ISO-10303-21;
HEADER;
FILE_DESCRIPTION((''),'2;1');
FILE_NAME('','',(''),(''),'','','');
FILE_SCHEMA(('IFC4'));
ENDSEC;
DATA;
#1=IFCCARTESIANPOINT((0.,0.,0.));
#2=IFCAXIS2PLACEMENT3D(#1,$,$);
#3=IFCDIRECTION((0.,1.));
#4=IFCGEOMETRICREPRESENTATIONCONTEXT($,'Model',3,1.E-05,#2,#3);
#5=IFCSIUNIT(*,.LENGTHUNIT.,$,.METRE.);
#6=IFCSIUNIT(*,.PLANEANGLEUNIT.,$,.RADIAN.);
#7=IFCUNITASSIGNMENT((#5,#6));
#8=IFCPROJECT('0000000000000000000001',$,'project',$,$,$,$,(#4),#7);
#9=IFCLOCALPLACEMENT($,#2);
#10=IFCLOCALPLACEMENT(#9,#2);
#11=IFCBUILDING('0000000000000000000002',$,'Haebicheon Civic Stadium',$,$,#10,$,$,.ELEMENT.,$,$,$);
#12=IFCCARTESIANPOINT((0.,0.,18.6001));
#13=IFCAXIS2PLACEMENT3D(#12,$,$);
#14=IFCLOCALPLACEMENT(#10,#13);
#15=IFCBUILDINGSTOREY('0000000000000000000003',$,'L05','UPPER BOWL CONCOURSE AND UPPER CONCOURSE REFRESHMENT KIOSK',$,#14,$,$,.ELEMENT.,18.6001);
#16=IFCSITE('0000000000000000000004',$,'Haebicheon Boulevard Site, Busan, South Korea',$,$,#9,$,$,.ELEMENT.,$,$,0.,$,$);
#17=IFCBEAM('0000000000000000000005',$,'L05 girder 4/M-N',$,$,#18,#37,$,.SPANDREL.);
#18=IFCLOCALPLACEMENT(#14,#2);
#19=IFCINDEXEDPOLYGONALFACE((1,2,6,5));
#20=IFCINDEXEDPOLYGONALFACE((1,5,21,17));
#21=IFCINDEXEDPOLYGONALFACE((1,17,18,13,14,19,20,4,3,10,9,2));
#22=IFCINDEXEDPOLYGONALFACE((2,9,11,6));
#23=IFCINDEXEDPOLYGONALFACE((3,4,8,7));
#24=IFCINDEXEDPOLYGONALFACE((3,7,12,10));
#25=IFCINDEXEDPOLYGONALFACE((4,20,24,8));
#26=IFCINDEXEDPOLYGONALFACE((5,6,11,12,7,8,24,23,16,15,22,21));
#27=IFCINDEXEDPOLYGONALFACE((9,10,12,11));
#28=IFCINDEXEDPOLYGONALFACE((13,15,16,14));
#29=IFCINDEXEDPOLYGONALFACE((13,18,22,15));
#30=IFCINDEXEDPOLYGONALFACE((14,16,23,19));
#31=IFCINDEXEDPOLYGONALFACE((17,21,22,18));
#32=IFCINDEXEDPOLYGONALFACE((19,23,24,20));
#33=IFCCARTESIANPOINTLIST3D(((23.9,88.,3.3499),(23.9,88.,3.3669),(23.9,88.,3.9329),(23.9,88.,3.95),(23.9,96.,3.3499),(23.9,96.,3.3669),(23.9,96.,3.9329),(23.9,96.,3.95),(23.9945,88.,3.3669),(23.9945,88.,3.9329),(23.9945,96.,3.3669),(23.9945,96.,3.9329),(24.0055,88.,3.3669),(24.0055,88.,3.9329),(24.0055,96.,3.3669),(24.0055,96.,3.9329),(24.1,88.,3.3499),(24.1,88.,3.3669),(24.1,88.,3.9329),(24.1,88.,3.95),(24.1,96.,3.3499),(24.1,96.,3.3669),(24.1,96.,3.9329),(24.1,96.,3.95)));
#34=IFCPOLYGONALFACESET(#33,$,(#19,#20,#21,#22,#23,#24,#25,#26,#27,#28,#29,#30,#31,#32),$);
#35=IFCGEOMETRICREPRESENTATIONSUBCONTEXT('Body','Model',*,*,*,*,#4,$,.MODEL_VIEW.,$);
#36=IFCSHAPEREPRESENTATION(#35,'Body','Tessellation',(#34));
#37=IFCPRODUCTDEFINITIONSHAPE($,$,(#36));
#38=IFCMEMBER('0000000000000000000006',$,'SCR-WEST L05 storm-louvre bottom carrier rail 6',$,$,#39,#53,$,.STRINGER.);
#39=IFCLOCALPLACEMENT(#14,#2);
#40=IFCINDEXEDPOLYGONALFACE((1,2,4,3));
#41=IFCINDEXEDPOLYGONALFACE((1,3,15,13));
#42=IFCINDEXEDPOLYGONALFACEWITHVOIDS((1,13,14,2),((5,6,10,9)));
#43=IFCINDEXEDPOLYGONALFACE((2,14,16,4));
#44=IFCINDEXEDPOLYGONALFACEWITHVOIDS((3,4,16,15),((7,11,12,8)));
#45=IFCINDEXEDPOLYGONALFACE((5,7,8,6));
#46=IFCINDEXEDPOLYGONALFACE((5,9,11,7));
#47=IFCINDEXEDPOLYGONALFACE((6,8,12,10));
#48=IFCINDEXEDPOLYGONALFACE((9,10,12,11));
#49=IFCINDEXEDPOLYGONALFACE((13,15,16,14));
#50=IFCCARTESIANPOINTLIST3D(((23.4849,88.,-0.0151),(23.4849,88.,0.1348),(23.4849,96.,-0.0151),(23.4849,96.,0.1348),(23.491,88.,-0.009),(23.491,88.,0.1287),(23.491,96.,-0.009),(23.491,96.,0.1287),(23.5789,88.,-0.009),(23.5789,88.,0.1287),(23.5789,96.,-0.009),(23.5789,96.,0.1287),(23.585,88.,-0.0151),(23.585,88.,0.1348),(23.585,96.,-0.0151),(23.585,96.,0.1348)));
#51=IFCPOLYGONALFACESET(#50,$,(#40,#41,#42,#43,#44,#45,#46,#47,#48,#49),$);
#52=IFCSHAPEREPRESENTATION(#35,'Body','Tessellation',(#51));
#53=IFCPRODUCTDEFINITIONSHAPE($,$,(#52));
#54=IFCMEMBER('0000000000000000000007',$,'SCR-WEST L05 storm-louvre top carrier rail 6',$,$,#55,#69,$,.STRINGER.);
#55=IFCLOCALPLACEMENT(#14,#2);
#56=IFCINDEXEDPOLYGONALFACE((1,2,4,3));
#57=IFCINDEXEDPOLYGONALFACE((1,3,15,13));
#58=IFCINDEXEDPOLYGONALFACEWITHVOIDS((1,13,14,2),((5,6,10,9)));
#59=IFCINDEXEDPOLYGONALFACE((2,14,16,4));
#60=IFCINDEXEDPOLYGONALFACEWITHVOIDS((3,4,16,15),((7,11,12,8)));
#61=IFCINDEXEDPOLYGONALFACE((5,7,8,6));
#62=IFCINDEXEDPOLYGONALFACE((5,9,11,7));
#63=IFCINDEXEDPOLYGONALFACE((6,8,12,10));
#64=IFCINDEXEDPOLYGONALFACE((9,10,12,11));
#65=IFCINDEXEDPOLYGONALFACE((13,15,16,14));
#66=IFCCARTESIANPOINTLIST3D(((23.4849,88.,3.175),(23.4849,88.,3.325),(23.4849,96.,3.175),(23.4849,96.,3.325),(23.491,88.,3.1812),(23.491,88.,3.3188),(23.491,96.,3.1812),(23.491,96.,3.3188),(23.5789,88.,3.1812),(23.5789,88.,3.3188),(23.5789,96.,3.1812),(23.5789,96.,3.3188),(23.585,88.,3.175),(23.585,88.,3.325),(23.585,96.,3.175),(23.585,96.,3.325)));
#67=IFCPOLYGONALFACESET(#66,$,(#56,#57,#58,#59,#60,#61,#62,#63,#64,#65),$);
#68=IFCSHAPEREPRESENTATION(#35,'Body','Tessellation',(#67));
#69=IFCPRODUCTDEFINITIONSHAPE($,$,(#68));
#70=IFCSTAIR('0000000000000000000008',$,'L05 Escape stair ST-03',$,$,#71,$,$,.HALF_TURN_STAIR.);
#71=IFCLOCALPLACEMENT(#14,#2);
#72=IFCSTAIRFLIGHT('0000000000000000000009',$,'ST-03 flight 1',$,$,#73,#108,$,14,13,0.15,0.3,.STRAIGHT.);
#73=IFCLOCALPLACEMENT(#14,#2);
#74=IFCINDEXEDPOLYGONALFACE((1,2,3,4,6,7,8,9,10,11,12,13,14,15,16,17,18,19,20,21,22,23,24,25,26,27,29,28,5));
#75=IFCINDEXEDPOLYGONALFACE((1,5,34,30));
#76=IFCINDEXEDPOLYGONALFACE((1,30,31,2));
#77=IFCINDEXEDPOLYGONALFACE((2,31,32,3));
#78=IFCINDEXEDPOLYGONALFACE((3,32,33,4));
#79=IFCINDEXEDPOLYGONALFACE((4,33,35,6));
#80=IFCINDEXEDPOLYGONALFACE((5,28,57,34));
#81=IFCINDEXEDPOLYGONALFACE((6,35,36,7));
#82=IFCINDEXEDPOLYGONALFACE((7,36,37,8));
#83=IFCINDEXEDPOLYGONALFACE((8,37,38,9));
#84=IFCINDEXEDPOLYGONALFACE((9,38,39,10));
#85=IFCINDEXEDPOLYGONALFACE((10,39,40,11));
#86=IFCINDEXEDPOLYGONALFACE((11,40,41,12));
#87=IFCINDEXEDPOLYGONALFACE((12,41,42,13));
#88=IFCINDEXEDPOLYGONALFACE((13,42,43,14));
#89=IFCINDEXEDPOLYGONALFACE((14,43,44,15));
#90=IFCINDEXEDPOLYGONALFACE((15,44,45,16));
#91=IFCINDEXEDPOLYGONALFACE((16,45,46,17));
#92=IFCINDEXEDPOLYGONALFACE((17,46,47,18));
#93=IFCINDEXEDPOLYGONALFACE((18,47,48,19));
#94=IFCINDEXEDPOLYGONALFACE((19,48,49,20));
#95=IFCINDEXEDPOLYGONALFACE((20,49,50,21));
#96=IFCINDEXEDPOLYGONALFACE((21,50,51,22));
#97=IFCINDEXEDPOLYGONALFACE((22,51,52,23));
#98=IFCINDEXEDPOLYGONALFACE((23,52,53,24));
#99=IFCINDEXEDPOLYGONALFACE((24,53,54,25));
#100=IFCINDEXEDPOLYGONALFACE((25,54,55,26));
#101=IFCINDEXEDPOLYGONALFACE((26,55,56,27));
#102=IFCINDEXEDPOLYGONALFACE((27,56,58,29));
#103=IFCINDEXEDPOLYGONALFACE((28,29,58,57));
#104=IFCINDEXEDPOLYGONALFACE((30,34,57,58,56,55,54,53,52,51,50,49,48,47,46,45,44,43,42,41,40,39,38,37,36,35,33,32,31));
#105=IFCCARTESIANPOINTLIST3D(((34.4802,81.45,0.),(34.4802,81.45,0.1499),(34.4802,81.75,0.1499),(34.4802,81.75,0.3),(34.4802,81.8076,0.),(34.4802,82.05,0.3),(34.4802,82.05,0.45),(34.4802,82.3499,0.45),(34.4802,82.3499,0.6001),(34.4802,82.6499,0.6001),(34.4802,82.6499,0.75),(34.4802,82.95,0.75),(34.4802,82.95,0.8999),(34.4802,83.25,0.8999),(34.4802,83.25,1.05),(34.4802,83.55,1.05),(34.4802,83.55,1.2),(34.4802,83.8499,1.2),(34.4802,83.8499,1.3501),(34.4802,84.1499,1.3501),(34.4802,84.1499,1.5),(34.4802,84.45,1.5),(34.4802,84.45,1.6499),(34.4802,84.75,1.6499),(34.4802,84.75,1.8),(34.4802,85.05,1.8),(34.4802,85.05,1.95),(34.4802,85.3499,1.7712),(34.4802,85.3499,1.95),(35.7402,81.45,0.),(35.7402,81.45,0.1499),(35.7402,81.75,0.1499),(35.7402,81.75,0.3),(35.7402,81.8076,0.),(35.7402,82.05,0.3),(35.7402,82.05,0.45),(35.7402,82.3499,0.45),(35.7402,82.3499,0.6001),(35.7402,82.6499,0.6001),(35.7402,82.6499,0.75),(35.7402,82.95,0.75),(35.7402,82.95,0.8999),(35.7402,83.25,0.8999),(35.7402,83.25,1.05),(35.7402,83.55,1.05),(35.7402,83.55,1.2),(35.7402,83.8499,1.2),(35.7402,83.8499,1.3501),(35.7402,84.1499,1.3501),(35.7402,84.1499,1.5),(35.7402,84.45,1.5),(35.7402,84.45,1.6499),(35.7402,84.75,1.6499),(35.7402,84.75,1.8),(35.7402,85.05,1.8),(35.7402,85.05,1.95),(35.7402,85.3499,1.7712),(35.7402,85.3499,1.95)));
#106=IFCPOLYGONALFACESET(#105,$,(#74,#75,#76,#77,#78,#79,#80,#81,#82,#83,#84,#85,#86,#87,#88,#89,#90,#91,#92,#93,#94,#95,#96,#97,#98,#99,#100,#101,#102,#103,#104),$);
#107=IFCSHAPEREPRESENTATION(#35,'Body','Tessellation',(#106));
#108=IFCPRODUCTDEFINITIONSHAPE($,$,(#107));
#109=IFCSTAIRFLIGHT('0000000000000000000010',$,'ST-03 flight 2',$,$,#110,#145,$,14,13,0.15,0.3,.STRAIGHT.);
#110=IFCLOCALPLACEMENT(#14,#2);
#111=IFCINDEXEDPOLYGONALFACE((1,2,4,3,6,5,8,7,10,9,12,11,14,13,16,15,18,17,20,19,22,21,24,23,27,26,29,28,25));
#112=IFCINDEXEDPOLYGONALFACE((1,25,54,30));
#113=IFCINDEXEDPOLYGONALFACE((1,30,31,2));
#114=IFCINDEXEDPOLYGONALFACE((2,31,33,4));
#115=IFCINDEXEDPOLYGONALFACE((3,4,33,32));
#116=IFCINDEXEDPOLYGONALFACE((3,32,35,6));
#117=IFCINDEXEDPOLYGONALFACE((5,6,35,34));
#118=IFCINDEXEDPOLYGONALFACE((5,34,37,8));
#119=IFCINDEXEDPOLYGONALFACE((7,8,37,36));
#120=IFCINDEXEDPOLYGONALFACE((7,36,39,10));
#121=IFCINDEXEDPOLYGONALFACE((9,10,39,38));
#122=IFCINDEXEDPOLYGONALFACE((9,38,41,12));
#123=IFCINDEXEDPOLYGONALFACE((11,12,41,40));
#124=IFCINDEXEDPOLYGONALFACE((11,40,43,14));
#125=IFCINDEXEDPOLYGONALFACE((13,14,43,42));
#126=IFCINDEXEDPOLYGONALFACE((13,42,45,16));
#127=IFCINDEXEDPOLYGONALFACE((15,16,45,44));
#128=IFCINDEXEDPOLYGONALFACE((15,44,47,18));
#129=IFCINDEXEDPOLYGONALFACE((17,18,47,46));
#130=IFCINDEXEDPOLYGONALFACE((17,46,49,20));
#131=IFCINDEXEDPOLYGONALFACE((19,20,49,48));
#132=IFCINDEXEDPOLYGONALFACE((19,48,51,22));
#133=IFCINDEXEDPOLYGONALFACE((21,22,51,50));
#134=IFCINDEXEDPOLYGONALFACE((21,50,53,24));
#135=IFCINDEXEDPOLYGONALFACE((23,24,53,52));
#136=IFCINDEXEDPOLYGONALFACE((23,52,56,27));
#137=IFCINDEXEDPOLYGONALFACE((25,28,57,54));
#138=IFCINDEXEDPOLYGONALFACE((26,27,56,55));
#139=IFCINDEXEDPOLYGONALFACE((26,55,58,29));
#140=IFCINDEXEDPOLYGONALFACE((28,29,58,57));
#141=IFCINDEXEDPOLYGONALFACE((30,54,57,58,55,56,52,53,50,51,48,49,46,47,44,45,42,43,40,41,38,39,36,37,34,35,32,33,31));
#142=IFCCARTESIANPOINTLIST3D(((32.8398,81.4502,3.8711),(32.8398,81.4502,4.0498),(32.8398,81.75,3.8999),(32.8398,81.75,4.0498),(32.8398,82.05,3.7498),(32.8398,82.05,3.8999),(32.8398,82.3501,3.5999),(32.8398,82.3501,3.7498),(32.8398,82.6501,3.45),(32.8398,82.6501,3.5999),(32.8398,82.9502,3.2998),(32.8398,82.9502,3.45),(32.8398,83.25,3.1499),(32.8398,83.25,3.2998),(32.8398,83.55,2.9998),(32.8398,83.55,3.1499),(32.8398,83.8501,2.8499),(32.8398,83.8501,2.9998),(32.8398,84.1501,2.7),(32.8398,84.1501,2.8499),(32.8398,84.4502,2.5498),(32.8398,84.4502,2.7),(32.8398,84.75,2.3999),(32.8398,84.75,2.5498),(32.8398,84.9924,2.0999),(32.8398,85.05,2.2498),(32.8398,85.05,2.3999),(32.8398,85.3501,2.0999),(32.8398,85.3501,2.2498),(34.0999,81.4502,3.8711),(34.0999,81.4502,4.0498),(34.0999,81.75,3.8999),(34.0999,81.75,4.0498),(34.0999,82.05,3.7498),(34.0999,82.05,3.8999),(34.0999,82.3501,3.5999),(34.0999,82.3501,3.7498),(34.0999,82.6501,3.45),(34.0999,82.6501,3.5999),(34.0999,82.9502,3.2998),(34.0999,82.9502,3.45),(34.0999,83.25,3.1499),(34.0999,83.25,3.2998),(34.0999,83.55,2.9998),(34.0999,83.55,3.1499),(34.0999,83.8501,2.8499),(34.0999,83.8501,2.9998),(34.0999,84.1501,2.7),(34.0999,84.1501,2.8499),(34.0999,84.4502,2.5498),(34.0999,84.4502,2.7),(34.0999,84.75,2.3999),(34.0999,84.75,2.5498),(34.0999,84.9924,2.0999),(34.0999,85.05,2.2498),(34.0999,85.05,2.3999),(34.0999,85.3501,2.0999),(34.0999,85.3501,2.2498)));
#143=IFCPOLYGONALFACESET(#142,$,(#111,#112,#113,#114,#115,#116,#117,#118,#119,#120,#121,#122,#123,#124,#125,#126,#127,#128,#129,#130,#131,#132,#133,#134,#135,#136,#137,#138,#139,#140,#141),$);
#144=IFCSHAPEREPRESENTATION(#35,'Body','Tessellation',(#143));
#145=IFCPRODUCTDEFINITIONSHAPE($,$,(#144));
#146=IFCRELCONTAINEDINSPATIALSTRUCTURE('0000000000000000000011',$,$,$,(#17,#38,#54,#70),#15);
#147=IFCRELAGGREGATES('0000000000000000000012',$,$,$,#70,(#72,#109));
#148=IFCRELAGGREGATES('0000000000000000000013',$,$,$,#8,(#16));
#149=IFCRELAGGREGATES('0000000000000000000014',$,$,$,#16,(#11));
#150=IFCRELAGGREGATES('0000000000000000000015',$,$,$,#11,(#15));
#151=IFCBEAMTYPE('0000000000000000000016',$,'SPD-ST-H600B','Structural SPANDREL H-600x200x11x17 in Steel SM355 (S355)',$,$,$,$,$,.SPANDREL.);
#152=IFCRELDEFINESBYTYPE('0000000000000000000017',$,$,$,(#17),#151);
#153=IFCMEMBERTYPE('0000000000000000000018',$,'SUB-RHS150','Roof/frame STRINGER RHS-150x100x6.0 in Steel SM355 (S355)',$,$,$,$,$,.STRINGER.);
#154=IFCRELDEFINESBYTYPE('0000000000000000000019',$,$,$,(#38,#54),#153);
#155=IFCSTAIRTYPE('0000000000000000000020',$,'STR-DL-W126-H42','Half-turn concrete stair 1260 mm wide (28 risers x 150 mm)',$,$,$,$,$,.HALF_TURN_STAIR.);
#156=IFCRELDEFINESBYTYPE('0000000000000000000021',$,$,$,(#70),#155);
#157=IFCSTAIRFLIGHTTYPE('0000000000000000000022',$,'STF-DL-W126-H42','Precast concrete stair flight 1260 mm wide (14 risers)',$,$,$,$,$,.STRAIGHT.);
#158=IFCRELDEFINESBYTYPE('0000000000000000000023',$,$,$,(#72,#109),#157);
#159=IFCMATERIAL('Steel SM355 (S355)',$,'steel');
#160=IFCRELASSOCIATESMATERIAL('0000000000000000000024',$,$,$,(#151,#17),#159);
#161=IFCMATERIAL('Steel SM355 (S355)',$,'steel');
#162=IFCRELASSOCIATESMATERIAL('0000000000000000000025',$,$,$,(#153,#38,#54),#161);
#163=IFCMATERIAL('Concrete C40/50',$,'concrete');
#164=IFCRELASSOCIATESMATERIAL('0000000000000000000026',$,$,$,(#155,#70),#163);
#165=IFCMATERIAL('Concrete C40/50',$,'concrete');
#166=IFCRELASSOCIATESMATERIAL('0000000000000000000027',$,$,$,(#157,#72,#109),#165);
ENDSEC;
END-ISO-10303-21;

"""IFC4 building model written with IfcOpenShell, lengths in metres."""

from ifc_helpers import new_model, si_unit, direction, frame, origin, origin_2d, place, context, subcontext, project, spatial, polyline, hollow_rectangle, i_section, outline, extrude, material, material_profile, profile_set, type_object, element, aggregate, save


model = new_model("IFC4")

# Units and contexts
model_context = context("Model", 3, precision=1e-05, world=origin(), true_north=direction((0.0, 1.0)))
body_context = subcontext(model_context, "Body", "Model", "MODEL_VIEW")
ifc_project = project(units=[si_unit("LENGTHUNIT", "METRE"), si_unit("PLANEANGLEUNIT", "RADIAN")], contexts=[model_context])

# Site, building, storey
site_placement = place(None, origin())
site = spatial("IfcSite", under=ifc_project, at=site_placement, Name="Haebicheon Boulevard Site, Busan, South Korea", CompositionType="ELEMENT", RefElevation=0.0)
building_placement = place(site_placement, origin())
building = spatial("IfcBuilding", under=site, at=building_placement, Name="Haebicheon Civic Stadium", CompositionType="ELEMENT")
storey_placement = place(building_placement, frame((0.0, 0.0, 18.6001)))
storey = spatial("IfcBuildingStorey", under=building, at=storey_placement, Name="L05", Description="UPPER BOWL CONCOURSE AND UPPER CONCOURSE REFRESHMENT KIOSK", CompositionType="ELEMENT", Elevation=18.6001)

# Beam
ifc_material_1 = material(Name="Steel SM355 (S355)", Category="steel")
ifc_material_profile_1 = material_profile(ifc_material_1, i_section(OverallWidth=0.2, OverallDepth=0.6001, WebThickness=0.011, FlangeThickness=0.0171, at=origin_2d()), Name="H-600x200x11x17")
ifc_profile_set_1 = profile_set([ifc_material_profile_1], Name="Steel SM355 (S355)")
beam_type_1 = type_object("IfcBeamType", Name="SPD-ST-H600B", Description="Structural SPANDREL H-600x200x11x17 in Steel SM355 (S355)", PredefinedType="SPANDREL", material=ifc_profile_set_1)
beam_1_placement = place(storey_placement, frame((24.0, 88.0, 3.6499), z_axis=(0.0, 1.0, 0.0), x_axis=(-1.0, 0.0, 0.0)))
element("IfcBeam", 1, at=beam_1_placement, inside=storey, type_object=beam_type_1, material=ifc_profile_set_1, Name="L05 girder 4/M-N", PredefinedType="SPANDREL", context=body_context, shape_type="SweptSolid", body=[
    extrude(i_section(OverallWidth=0.2, OverallDepth=0.6001, WebThickness=0.011, FlangeThickness=0.0171, at=origin_2d()), origin(), (0.0, 0.0, 1.0), 8.0),
])

# Members
ifc_material_2 = material(Name="Steel SM355 (S355)", Category="steel")
ifc_material_profile_2 = material_profile(ifc_material_2, hollow_rectangle(XDim=0.1001, YDim=0.1499, WallThickness=0.0061, at=origin_2d()), Name="RHS-150x100x6.0")
ifc_profile_set_2 = profile_set([ifc_material_profile_2], Name="Steel SM355 (S355)")
member_type_1 = type_object("IfcMemberType", Name="SUB-RHS150", Description="Roof/frame STRINGER RHS-150x100x6.0 in Steel SM355 (S355)", PredefinedType="STRINGER", material=ifc_profile_set_2)
for number, where, z_axis, x_axis, name in (
    (2, (23.5349, 88.0, 0.0598), (0.0, 1.0, 0.0), (-1.0, 0.0, 0.0), "SCR-WEST L05 storm-louvre bottom carrier rail 6"),
    (3, (23.5349, 88.0, 3.25), (0.0, 1.0, 0.0), (-1.0, 0.0, 0.0), "SCR-WEST L05 storm-louvre top carrier rail 6"),
):
    element("IfcMember", number, at=place(storey_placement, frame(where, z_axis=z_axis, x_axis=x_axis)), inside=storey, type_object=member_type_1, material=ifc_profile_set_2, Name=name, PredefinedType="STRINGER", context=body_context, shape_type="SweptSolid", body=[
        extrude(hollow_rectangle(XDim=0.1001, YDim=0.1499, WallThickness=0.0061, at=origin_2d()), origin(), (0.0, 0.0, 1.0), 8.0),
    ])

# Stair, stair flights
ifc_material_3 = material(Name="Concrete C40/50", Category="concrete")
stair_type = type_object("IfcStairType", Name="STR-DL-W126-H42", Description="Half-turn concrete stair 1260 mm wide (28 risers x 150 mm)", PredefinedType="HALF_TURN_STAIR", material=ifc_material_3)
stair_placement = place(storey_placement, origin())
stair = element("IfcStair", 4, at=stair_placement, inside=storey, type_object=stair_type, material=ifc_material_3, Name="L05 Escape stair ST-03", PredefinedType="HALF_TURN_STAIR")
ifc_material_4 = material(Name="Concrete C40/50", Category="concrete")
stair_flight_type = type_object("IfcStairFlightType", Name="STF-DL-W126-H42", Description="Precast concrete stair flight 1260 mm wide (14 risers)", PredefinedType="STRAIGHT", material=ifc_material_4)
stair_flight_1_placement = place(storey_placement, frame((35.1101, 81.45, 0.0), z_axis=(0.0, 0.0, 1.0), x_axis=(0.0, 1.0, 0.0)))
stair_flight_1 = element("IfcStairFlight", 5, at=stair_flight_1_placement, type_object=stair_flight_type, material=ifc_material_4, Name="ST-03 flight 1", NumberOfRisers=14, NumberOfTreads=13, PredefinedType="STRAIGHT", RiserHeight=0.15, TreadLength=0.3, context=body_context, shape_type="SweptSolid", body=[
    extrude(outline(polyline([(0.0, 0.0), (0.0, 0.1499), (0.3, 0.1499), (0.3, 0.3), (0.6001, 0.3), (0.6001, 0.45), (0.8999, 0.45), (0.8999, 0.6001), (1.2, 0.6001), (1.2, 0.75), (1.5, 0.75), (1.5, 0.8999), (1.8, 0.8999), (1.8, 1.05), (2.1001, 1.05), (2.1001, 1.2), (2.3999, 1.2), (2.3999, 1.3501), (2.7, 1.3501), (2.7, 1.5), (3.0, 1.5), (3.0, 1.6499), (3.3, 1.6499), (3.3, 1.8), (3.6001, 1.8), (3.6001, 1.95), (3.8999, 1.95), (3.8999, 2.1001), (3.8999, 1.7712), (0.3577, 0.0), (0.0, 0.0)])), frame((0.0, 0.6299, 0.0), z_axis=(0.0, -1.0, 0.0), x_axis=(1.0, 0.0, 0.0)), (0.0, 0.0, 1.0), 1.26),
])
stair_flight_2_placement = place(storey_placement, frame((33.47, 85.3501, 2.0999), z_axis=(0.0, 0.0, 1.0), x_axis=(0.0, -1.0, 0.0)))
stair_flight_2 = element("IfcStairFlight", 6, at=stair_flight_2_placement, type_object=stair_flight_type, material=ifc_material_4, Name="ST-03 flight 2", NumberOfRisers=14, NumberOfTreads=13, PredefinedType="STRAIGHT", RiserHeight=0.15, TreadLength=0.3, context=body_context, shape_type="SweptSolid", body=[
    extrude(outline(polyline([(0.0, 0.0), (0.0, 0.1499), (0.3, 0.1499), (0.3, 0.3), (0.6001, 0.3), (0.6001, 0.45), (0.8999, 0.45), (0.8999, 0.6001), (1.2, 0.6001), (1.2, 0.75), (1.5, 0.75), (1.5, 0.8999), (1.8, 0.8999), (1.8, 1.05), (2.1001, 1.05), (2.1001, 1.2), (2.3999, 1.2), (2.3999, 1.3501), (2.7, 1.3501), (2.7, 1.5), (3.0, 1.5), (3.0, 1.6499), (3.3, 1.6499), (3.3, 1.8), (3.6001, 1.8), (3.6001, 1.95), (3.8999, 1.95), (3.8999, 2.1001), (3.8999, 1.7712), (0.3577, 0.0), (0.0, 0.0)])), frame((0.0, 0.6299, 0.0), z_axis=(0.0, -1.0, 0.0), x_axis=(1.0, 0.0, 0.0)), (0.0, 0.0, 1.0), 1.26),
])
aggregate(stair, [stair_flight_1, stair_flight_2])

save(model, "model.ifc")
